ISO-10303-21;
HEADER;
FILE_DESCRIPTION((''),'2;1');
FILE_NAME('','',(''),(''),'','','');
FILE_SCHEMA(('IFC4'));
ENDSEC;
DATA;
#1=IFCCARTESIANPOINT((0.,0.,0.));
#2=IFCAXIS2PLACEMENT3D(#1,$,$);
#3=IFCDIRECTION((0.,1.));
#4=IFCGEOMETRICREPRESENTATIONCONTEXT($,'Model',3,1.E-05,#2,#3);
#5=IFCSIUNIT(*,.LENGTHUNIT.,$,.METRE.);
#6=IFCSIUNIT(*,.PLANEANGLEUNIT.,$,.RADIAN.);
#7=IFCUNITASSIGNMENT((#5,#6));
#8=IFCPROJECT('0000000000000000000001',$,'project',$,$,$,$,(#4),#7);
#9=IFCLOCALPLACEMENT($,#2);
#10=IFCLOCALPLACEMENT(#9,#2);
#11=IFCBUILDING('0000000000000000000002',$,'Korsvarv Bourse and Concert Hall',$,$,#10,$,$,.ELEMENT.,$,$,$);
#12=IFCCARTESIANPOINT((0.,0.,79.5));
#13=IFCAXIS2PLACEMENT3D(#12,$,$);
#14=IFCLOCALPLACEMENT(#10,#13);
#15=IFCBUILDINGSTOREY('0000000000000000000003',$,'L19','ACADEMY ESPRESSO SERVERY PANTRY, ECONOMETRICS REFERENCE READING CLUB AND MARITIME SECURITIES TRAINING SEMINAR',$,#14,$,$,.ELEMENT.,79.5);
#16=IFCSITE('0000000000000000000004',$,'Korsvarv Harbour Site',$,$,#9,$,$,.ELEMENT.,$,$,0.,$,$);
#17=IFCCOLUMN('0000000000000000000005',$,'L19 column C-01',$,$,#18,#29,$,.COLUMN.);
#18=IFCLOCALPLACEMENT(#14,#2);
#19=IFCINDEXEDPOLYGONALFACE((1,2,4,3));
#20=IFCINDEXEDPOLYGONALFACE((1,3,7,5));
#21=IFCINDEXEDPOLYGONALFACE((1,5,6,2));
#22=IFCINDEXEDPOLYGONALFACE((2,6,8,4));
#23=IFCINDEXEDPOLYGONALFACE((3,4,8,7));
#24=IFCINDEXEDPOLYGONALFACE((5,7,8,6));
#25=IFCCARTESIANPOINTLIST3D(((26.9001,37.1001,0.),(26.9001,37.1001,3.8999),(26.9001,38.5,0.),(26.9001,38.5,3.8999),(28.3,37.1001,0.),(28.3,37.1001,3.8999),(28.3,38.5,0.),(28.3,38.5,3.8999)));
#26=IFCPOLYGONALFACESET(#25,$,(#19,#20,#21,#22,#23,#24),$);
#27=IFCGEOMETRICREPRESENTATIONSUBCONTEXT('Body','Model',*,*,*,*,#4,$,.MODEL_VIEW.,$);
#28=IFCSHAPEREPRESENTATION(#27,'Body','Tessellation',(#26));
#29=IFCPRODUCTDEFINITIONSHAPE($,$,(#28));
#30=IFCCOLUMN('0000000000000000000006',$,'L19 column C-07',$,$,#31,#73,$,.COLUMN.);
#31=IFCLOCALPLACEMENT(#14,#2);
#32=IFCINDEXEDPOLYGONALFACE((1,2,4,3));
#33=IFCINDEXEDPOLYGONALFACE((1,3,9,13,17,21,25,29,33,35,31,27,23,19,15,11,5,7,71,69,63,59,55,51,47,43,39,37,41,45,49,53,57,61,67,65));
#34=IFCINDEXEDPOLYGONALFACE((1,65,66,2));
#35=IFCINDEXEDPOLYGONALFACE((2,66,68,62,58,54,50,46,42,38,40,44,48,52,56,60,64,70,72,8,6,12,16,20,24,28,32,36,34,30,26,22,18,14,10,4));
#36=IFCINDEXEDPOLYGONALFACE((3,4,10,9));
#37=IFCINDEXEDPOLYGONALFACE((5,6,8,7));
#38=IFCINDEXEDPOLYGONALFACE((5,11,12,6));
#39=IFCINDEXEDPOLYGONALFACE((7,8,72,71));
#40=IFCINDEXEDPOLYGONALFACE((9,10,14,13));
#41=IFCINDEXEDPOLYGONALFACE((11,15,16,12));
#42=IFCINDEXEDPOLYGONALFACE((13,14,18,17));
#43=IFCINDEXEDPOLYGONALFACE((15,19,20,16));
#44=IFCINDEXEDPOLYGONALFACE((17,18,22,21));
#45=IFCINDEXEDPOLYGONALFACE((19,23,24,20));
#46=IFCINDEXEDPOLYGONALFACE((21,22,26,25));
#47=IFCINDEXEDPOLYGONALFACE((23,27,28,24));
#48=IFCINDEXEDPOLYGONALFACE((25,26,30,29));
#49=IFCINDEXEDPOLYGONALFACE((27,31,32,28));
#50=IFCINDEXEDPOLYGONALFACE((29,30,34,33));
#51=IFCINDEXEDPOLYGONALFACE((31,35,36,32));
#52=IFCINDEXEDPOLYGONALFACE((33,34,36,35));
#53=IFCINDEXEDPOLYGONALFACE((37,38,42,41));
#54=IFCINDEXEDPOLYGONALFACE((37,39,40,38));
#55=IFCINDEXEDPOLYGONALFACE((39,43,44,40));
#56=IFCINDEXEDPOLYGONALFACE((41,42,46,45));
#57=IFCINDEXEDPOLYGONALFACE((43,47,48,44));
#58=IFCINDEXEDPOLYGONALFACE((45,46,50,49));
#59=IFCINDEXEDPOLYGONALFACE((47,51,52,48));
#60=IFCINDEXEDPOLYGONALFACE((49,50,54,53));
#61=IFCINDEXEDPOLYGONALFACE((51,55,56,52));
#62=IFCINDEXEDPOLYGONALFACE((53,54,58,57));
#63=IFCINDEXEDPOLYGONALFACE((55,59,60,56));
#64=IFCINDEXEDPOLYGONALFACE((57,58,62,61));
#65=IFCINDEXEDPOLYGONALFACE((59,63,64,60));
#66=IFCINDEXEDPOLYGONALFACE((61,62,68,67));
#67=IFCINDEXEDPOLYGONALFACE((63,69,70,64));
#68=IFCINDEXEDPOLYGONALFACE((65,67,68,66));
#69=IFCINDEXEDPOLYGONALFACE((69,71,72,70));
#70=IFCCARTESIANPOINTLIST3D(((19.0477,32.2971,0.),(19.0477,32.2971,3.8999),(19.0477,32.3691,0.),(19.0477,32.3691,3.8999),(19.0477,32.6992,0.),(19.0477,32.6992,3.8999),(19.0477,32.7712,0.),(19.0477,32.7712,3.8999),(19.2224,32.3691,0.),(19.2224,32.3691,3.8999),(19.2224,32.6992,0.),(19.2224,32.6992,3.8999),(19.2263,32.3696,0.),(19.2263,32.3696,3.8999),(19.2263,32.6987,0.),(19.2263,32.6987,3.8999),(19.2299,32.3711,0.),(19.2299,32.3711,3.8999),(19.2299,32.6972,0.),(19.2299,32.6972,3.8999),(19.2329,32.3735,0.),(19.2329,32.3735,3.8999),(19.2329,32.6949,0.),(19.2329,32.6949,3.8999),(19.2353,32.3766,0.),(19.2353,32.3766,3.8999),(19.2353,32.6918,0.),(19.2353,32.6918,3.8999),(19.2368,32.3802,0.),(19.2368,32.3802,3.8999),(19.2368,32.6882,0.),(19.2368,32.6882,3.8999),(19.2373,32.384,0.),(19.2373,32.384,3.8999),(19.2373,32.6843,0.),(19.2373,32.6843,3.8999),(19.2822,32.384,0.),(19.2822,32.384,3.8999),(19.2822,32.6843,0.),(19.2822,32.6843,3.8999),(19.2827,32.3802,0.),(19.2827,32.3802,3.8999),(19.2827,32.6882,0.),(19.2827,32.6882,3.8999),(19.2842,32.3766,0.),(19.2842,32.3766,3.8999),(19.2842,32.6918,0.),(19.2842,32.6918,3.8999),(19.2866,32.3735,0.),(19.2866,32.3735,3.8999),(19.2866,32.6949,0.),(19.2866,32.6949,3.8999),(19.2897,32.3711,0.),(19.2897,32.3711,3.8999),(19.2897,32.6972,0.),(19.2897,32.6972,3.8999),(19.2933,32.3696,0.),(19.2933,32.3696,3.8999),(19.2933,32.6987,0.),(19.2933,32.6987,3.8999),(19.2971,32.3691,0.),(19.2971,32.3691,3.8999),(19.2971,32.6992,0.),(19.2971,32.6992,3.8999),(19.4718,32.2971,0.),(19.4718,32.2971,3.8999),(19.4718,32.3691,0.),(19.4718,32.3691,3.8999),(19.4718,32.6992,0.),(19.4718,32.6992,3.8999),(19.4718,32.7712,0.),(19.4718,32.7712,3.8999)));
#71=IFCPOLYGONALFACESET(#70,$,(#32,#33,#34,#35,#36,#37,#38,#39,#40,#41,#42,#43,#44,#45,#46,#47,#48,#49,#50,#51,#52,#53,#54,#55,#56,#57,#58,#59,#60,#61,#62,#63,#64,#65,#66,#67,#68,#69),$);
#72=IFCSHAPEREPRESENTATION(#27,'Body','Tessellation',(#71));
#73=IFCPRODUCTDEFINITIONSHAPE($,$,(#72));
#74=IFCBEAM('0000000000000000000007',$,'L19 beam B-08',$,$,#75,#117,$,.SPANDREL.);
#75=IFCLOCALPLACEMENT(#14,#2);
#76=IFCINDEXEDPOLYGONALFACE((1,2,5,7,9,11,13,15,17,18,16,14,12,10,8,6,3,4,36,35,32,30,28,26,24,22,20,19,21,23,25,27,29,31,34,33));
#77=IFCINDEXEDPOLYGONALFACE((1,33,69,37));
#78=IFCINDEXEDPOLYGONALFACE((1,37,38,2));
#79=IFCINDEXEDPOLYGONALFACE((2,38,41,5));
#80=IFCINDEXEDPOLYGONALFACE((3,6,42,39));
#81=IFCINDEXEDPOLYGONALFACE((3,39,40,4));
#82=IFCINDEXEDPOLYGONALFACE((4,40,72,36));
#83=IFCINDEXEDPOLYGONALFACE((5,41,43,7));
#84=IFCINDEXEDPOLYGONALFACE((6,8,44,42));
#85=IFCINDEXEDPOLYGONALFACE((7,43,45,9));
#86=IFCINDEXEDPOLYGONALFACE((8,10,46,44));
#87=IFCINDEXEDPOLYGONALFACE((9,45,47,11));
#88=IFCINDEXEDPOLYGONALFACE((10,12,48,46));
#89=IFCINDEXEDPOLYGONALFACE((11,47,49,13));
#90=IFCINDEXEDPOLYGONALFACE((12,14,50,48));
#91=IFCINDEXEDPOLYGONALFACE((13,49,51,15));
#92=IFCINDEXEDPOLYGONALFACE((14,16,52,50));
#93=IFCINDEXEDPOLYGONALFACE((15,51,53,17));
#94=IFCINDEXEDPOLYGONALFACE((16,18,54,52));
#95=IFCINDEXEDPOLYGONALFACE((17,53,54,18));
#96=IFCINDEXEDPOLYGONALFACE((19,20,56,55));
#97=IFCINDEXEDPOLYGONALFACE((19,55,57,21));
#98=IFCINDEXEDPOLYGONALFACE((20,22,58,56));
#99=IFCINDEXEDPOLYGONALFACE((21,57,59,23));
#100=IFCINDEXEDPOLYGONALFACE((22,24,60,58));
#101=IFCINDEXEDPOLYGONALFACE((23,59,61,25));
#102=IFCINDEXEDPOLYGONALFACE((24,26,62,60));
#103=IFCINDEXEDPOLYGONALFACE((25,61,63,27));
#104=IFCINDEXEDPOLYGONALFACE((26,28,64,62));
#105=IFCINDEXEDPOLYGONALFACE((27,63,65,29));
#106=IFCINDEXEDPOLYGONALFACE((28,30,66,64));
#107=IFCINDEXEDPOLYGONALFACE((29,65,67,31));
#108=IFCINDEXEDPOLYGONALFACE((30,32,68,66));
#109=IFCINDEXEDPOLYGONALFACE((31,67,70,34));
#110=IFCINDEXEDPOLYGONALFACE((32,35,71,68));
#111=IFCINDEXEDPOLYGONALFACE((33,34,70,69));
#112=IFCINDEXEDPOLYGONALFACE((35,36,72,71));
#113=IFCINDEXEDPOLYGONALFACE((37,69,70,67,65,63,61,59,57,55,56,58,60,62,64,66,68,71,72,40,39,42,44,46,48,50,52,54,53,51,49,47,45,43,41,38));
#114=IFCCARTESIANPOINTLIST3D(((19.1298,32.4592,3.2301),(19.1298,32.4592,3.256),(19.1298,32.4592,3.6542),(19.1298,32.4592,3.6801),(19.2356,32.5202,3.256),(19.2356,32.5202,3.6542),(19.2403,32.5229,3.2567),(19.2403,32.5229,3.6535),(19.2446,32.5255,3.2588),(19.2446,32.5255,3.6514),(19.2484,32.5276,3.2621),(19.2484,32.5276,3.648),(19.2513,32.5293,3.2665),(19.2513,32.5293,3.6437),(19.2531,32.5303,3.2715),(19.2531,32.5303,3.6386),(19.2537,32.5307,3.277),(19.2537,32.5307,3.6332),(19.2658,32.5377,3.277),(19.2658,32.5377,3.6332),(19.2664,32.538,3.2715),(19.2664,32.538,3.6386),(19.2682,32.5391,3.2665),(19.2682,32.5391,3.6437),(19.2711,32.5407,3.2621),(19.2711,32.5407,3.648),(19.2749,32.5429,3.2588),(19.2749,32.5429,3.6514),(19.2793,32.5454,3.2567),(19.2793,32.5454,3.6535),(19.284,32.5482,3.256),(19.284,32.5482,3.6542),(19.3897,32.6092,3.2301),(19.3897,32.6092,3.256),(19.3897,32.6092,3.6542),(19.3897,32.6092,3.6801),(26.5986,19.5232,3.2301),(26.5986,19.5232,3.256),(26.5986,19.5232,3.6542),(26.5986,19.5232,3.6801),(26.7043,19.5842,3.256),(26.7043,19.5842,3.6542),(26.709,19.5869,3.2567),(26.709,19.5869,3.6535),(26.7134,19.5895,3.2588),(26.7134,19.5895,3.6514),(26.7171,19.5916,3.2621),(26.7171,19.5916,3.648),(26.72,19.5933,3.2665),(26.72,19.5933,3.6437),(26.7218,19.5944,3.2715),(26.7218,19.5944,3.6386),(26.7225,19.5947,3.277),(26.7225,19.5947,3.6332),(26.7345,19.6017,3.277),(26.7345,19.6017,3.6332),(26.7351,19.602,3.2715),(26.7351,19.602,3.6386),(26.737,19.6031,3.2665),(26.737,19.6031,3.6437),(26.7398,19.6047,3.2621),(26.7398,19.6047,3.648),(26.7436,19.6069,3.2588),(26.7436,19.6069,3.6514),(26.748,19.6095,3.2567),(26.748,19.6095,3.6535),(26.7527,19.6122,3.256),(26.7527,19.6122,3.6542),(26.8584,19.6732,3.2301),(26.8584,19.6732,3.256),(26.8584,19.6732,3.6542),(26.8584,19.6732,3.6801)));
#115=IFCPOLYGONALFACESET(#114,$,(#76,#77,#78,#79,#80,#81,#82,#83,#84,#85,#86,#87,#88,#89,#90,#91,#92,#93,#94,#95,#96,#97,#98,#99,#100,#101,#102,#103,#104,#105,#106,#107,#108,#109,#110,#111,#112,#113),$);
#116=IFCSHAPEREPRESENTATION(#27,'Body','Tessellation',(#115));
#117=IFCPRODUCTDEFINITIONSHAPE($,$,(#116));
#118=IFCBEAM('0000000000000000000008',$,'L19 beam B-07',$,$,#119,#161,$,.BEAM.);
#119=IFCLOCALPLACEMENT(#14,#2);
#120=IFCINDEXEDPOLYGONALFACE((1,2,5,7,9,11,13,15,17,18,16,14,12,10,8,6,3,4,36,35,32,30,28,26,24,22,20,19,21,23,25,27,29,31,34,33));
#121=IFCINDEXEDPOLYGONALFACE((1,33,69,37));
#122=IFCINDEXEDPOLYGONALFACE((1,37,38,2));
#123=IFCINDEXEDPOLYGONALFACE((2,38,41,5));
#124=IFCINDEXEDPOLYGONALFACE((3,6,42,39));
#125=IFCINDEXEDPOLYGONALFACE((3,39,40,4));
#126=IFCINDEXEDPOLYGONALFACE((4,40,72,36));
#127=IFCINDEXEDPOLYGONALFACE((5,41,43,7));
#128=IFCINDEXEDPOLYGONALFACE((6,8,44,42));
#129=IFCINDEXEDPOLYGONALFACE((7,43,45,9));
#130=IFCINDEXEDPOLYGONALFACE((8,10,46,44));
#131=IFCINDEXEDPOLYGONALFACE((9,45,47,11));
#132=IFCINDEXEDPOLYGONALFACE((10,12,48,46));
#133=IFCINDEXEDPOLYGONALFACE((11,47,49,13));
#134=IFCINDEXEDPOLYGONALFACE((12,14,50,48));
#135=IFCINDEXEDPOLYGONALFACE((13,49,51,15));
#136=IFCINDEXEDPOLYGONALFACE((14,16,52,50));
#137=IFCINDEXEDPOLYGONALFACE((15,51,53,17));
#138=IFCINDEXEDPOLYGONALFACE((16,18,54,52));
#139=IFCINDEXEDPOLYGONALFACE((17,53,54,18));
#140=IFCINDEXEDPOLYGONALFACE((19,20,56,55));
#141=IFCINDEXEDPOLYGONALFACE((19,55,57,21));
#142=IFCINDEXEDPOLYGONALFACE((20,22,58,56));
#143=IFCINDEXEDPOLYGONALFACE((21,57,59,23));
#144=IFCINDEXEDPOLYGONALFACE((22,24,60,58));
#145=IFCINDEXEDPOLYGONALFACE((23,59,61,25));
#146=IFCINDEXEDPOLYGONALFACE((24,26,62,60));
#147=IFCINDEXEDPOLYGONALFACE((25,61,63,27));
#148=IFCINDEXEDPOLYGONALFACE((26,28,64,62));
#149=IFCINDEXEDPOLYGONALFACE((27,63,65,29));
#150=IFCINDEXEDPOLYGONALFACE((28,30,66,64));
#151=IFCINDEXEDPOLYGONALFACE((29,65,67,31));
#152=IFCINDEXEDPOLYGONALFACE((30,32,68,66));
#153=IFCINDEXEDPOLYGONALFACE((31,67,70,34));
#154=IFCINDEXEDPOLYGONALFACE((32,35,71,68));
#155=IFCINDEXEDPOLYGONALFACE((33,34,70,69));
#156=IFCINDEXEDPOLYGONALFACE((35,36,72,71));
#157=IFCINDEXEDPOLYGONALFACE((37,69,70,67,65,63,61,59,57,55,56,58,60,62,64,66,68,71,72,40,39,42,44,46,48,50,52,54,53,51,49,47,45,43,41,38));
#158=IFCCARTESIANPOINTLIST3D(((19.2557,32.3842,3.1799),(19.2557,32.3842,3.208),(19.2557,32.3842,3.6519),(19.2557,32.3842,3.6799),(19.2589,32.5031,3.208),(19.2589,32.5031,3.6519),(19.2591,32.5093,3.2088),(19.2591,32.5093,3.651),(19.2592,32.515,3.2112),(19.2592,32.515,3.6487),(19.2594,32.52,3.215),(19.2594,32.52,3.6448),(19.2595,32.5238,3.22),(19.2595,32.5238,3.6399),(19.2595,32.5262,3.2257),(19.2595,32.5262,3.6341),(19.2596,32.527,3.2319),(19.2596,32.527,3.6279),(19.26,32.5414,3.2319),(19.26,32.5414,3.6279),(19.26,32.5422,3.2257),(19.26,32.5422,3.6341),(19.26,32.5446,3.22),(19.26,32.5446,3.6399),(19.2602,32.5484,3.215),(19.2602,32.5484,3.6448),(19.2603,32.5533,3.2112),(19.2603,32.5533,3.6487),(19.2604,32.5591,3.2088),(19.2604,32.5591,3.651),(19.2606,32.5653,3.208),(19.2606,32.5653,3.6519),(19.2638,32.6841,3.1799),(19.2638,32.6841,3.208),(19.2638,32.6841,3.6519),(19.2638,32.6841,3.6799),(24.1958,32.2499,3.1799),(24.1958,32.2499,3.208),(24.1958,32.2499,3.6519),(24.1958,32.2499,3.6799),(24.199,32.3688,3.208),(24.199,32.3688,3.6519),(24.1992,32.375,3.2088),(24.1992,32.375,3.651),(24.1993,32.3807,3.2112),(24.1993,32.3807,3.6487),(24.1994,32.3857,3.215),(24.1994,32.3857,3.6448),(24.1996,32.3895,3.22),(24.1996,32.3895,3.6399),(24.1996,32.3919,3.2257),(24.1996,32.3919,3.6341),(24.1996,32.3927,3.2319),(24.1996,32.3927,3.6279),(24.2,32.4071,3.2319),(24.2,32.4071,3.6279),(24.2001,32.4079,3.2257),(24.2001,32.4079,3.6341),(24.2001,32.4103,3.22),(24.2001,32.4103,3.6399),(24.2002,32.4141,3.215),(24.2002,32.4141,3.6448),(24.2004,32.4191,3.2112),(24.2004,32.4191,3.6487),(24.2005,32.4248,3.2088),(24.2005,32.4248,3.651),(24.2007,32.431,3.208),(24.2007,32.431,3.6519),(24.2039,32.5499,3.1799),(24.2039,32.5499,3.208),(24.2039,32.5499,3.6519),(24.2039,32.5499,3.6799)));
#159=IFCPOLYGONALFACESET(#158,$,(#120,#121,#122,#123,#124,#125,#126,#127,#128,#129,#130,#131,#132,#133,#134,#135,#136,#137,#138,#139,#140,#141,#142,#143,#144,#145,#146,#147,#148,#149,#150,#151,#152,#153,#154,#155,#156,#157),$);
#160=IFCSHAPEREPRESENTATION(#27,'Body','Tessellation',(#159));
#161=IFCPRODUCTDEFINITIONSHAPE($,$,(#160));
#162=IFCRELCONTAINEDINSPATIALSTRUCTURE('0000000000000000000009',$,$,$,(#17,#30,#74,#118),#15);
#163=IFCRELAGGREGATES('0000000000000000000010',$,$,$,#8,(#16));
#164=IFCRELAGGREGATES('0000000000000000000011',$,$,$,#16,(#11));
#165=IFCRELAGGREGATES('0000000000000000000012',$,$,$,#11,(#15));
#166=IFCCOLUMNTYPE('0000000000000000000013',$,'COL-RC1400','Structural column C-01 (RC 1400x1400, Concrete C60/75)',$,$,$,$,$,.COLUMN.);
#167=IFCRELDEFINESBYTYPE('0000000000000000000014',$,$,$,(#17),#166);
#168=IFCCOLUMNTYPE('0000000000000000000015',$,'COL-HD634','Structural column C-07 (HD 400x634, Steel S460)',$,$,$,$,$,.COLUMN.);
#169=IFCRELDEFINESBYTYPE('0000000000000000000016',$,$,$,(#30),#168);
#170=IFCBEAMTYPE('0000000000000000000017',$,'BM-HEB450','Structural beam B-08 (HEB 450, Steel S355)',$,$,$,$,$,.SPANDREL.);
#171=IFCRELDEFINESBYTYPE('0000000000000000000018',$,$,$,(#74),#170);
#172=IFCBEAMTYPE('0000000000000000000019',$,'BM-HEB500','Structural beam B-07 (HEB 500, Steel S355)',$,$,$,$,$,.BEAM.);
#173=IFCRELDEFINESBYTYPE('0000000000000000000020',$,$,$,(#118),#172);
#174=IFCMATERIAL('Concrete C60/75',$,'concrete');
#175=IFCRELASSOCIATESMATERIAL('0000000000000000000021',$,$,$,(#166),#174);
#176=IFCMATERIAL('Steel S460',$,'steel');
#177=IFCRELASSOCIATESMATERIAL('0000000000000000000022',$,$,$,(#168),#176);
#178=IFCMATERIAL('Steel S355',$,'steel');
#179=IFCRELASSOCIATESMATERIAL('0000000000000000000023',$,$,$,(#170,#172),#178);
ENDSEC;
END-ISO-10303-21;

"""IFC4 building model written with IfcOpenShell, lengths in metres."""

from ifc_helpers import new_model, si_unit, direction, frame, origin, origin_2d, place, context, subcontext, project, spatial, rectangle, i_section, extrude, source, transform, mapped, material, material_profile, profile_set, type_object, element, save


model = new_model("IFC4")

# Units and contexts
model_context = context("Model", 3, precision=1e-05, world=origin(), true_north=direction((0.0, 1.0)))
body_context = subcontext(model_context, "Body", "Model", "MODEL_VIEW")
ifc_project = project(units=[si_unit("LENGTHUNIT", "METRE"), si_unit("PLANEANGLEUNIT", "RADIAN")], contexts=[model_context])

# Site, building, storey
site_placement = place(None, origin())
site = spatial("IfcSite", under=ifc_project, at=site_placement, Name="Korsvarv Harbour Site", CompositionType="ELEMENT", RefElevation=0.0)
building_placement = place(site_placement, origin())
building = spatial("IfcBuilding", under=site, at=building_placement, Name="Korsvarv Bourse and Concert Hall", CompositionType="ELEMENT")
storey_placement = place(building_placement, frame((0.0, 0.0, 79.5)))
storey = spatial("IfcBuildingStorey", under=building, at=storey_placement, Name="L19", Description="ACADEMY ESPRESSO SERVERY PANTRY, ECONOMETRICS REFERENCE READING CLUB AND MARITIME SECURITIES TRAINING SEMINAR", CompositionType="ELEMENT", Elevation=79.5)

# Columns
ifc_material_1 = material(Name="Concrete C60/75", Category="concrete")
ifc_material_profile_1 = material_profile(ifc_material_1, rectangle(XDim=1.3999, YDim=1.3999, at=origin_2d()), Name="RC 1400x1400")
ifc_profile_set_1 = profile_set([ifc_material_profile_1], Name="Concrete C60/75")
column_type_1 = type_object("IfcColumnType", Name="COL-RC1400", Description="Structural column C-01 (RC 1400x1400, Concrete C60/75)", PredefinedType="COLUMN", material=ifc_profile_set_1)
shared_shape_1 = source(origin(), body_context, "Body", "SweptSolid", [
    extrude(rectangle(XDim=1.3999, YDim=1.3999, at=origin_2d()), origin(), (0.0, 0.0, 1.0), 3.8999),
])
column_1_placement = place(storey_placement, frame((27.6001, 37.8, 0.0), z_axis=(0.0, 0.0, 1.0), x_axis=(1.0, 0.0, 0.0)))
element("IfcColumn", 1, at=column_1_placement, inside=storey, type_object=column_type_1, Name="L19 column C-01", PredefinedType="COLUMN", context=body_context, shape_type="MappedRepresentation", body=[
    mapped(shared_shape_1, transform((0.0, 0.0, 0.0), scale=1.0)),
])
ifc_material_2 = material(Name="Steel S460", Category="steel")
ifc_material_profile_2 = material_profile(ifc_material_2, i_section(OverallWidth=0.4241, OverallDepth=0.4741, WebThickness=0.0449, FlangeThickness=0.072, FilletRadius=0.0149, at=origin_2d()), Name="HD 400x634")
ifc_profile_set_2 = profile_set([ifc_material_profile_2], Name="Steel S460")
column_type_2 = type_object("IfcColumnType", Name="COL-HD634", Description="Structural column C-07 (HD 400x634, Steel S460)", PredefinedType="COLUMN", material=ifc_profile_set_2)
shared_shape_2 = source(origin(), body_context, "Body", "SweptSolid", [
    extrude(i_section(OverallWidth=0.4241, OverallDepth=0.4741, WebThickness=0.0449, FlangeThickness=0.072, FilletRadius=0.0149, at=origin_2d()), origin(), (0.0, 0.0, 1.0), 3.8999),
])
column_2_placement = place(storey_placement, frame((19.2598, 32.5342, 0.0), z_axis=(0.0, 0.0, 1.0), x_axis=(1.0, 0.0, 0.0)))
element("IfcColumn", 2, at=column_2_placement, inside=storey, type_object=column_type_2, Name="L19 column C-07", PredefinedType="COLUMN", context=body_context, shape_type="MappedRepresentation", body=[
    mapped(shared_shape_2, transform((0.0, 0.0, 0.0), scale=1.0)),
])

# Beams
ifc_material_3 = material(Name="Steel S355", Category="steel")
ifc_material_profile_3 = material_profile(ifc_material_3, i_section(OverallWidth=0.3, OverallDepth=0.45, WebThickness=0.0139, FlangeThickness=0.0259, FilletRadius=0.021, at=origin_2d()), Name="HEB 450")
ifc_profile_set_3 = profile_set([ifc_material_profile_3], Name="Steel S355")
beam_type_1 = type_object("IfcBeamType", Name="BM-HEB450", Description="Structural beam B-08 (HEB 450, Steel S355)", PredefinedType="SPANDREL", material=ifc_profile_set_3)
shared_shape_3 = source(origin(), body_context, "Body", "SweptSolid", [
    extrude(i_section(OverallWidth=0.3, OverallDepth=0.45, WebThickness=0.0139, FlangeThickness=0.0259, FilletRadius=0.021, at=origin_2d()), origin(), (0.0, 0.0, 1.0), 14.9373),
])
beam_1_placement = place(storey_placement, frame((19.2598, 32.5342, 3.4551), z_axis=(0.500006, -0.866022, 0.0), x_axis=(0.866022, 0.500006, 0.0)))
element("IfcBeam", 3, at=beam_1_placement, inside=storey, type_object=beam_type_1, Name="L19 beam B-08", PredefinedType="SPANDREL", context=body_context, shape_type="MappedRepresentation", body=[
    mapped(shared_shape_3, transform((0.0, 0.0, 0.0), scale=1.0)),
])
ifc_material_profile_4 = material_profile(ifc_material_3, i_section(OverallWidth=0.3, OverallDepth=0.5, WebThickness=0.0144, FlangeThickness=0.0281, FilletRadius=0.0239, at=origin_2d()), Name="HEB 500")
ifc_profile_set_4 = profile_set([ifc_material_profile_4], Name="Steel S355")
beam_type_2 = type_object("IfcBeamType", Name="BM-HEB500", Description="Structural beam B-07 (HEB 500, Steel S355)", PredefinedType="BEAM", material=ifc_profile_set_4)
shared_shape_4 = source(origin(), body_context, "Body", "SweptSolid", [
    extrude(i_section(OverallWidth=0.3, OverallDepth=0.5, WebThickness=0.0144, FlangeThickness=0.0281, FilletRadius=0.0239, at=origin_2d()), origin(), (0.0, 0.0, 1.0), 4.9419),
])
beam_2_placement = place(storey_placement, frame((19.2598, 32.5342, 3.4299), z_axis=(0.999631, -0.027171, 0.0), x_axis=(0.027171, 0.999631, 0.0)))
element("IfcBeam", 4, at=beam_2_placement, inside=storey, type_object=beam_type_2, Name="L19 beam B-07", PredefinedType="BEAM", context=body_context, shape_type="MappedRepresentation", body=[
    mapped(shared_shape_4, transform((0.0, 0.0, 0.0), scale=1.0)),
])

save(model, "model.ifc")
